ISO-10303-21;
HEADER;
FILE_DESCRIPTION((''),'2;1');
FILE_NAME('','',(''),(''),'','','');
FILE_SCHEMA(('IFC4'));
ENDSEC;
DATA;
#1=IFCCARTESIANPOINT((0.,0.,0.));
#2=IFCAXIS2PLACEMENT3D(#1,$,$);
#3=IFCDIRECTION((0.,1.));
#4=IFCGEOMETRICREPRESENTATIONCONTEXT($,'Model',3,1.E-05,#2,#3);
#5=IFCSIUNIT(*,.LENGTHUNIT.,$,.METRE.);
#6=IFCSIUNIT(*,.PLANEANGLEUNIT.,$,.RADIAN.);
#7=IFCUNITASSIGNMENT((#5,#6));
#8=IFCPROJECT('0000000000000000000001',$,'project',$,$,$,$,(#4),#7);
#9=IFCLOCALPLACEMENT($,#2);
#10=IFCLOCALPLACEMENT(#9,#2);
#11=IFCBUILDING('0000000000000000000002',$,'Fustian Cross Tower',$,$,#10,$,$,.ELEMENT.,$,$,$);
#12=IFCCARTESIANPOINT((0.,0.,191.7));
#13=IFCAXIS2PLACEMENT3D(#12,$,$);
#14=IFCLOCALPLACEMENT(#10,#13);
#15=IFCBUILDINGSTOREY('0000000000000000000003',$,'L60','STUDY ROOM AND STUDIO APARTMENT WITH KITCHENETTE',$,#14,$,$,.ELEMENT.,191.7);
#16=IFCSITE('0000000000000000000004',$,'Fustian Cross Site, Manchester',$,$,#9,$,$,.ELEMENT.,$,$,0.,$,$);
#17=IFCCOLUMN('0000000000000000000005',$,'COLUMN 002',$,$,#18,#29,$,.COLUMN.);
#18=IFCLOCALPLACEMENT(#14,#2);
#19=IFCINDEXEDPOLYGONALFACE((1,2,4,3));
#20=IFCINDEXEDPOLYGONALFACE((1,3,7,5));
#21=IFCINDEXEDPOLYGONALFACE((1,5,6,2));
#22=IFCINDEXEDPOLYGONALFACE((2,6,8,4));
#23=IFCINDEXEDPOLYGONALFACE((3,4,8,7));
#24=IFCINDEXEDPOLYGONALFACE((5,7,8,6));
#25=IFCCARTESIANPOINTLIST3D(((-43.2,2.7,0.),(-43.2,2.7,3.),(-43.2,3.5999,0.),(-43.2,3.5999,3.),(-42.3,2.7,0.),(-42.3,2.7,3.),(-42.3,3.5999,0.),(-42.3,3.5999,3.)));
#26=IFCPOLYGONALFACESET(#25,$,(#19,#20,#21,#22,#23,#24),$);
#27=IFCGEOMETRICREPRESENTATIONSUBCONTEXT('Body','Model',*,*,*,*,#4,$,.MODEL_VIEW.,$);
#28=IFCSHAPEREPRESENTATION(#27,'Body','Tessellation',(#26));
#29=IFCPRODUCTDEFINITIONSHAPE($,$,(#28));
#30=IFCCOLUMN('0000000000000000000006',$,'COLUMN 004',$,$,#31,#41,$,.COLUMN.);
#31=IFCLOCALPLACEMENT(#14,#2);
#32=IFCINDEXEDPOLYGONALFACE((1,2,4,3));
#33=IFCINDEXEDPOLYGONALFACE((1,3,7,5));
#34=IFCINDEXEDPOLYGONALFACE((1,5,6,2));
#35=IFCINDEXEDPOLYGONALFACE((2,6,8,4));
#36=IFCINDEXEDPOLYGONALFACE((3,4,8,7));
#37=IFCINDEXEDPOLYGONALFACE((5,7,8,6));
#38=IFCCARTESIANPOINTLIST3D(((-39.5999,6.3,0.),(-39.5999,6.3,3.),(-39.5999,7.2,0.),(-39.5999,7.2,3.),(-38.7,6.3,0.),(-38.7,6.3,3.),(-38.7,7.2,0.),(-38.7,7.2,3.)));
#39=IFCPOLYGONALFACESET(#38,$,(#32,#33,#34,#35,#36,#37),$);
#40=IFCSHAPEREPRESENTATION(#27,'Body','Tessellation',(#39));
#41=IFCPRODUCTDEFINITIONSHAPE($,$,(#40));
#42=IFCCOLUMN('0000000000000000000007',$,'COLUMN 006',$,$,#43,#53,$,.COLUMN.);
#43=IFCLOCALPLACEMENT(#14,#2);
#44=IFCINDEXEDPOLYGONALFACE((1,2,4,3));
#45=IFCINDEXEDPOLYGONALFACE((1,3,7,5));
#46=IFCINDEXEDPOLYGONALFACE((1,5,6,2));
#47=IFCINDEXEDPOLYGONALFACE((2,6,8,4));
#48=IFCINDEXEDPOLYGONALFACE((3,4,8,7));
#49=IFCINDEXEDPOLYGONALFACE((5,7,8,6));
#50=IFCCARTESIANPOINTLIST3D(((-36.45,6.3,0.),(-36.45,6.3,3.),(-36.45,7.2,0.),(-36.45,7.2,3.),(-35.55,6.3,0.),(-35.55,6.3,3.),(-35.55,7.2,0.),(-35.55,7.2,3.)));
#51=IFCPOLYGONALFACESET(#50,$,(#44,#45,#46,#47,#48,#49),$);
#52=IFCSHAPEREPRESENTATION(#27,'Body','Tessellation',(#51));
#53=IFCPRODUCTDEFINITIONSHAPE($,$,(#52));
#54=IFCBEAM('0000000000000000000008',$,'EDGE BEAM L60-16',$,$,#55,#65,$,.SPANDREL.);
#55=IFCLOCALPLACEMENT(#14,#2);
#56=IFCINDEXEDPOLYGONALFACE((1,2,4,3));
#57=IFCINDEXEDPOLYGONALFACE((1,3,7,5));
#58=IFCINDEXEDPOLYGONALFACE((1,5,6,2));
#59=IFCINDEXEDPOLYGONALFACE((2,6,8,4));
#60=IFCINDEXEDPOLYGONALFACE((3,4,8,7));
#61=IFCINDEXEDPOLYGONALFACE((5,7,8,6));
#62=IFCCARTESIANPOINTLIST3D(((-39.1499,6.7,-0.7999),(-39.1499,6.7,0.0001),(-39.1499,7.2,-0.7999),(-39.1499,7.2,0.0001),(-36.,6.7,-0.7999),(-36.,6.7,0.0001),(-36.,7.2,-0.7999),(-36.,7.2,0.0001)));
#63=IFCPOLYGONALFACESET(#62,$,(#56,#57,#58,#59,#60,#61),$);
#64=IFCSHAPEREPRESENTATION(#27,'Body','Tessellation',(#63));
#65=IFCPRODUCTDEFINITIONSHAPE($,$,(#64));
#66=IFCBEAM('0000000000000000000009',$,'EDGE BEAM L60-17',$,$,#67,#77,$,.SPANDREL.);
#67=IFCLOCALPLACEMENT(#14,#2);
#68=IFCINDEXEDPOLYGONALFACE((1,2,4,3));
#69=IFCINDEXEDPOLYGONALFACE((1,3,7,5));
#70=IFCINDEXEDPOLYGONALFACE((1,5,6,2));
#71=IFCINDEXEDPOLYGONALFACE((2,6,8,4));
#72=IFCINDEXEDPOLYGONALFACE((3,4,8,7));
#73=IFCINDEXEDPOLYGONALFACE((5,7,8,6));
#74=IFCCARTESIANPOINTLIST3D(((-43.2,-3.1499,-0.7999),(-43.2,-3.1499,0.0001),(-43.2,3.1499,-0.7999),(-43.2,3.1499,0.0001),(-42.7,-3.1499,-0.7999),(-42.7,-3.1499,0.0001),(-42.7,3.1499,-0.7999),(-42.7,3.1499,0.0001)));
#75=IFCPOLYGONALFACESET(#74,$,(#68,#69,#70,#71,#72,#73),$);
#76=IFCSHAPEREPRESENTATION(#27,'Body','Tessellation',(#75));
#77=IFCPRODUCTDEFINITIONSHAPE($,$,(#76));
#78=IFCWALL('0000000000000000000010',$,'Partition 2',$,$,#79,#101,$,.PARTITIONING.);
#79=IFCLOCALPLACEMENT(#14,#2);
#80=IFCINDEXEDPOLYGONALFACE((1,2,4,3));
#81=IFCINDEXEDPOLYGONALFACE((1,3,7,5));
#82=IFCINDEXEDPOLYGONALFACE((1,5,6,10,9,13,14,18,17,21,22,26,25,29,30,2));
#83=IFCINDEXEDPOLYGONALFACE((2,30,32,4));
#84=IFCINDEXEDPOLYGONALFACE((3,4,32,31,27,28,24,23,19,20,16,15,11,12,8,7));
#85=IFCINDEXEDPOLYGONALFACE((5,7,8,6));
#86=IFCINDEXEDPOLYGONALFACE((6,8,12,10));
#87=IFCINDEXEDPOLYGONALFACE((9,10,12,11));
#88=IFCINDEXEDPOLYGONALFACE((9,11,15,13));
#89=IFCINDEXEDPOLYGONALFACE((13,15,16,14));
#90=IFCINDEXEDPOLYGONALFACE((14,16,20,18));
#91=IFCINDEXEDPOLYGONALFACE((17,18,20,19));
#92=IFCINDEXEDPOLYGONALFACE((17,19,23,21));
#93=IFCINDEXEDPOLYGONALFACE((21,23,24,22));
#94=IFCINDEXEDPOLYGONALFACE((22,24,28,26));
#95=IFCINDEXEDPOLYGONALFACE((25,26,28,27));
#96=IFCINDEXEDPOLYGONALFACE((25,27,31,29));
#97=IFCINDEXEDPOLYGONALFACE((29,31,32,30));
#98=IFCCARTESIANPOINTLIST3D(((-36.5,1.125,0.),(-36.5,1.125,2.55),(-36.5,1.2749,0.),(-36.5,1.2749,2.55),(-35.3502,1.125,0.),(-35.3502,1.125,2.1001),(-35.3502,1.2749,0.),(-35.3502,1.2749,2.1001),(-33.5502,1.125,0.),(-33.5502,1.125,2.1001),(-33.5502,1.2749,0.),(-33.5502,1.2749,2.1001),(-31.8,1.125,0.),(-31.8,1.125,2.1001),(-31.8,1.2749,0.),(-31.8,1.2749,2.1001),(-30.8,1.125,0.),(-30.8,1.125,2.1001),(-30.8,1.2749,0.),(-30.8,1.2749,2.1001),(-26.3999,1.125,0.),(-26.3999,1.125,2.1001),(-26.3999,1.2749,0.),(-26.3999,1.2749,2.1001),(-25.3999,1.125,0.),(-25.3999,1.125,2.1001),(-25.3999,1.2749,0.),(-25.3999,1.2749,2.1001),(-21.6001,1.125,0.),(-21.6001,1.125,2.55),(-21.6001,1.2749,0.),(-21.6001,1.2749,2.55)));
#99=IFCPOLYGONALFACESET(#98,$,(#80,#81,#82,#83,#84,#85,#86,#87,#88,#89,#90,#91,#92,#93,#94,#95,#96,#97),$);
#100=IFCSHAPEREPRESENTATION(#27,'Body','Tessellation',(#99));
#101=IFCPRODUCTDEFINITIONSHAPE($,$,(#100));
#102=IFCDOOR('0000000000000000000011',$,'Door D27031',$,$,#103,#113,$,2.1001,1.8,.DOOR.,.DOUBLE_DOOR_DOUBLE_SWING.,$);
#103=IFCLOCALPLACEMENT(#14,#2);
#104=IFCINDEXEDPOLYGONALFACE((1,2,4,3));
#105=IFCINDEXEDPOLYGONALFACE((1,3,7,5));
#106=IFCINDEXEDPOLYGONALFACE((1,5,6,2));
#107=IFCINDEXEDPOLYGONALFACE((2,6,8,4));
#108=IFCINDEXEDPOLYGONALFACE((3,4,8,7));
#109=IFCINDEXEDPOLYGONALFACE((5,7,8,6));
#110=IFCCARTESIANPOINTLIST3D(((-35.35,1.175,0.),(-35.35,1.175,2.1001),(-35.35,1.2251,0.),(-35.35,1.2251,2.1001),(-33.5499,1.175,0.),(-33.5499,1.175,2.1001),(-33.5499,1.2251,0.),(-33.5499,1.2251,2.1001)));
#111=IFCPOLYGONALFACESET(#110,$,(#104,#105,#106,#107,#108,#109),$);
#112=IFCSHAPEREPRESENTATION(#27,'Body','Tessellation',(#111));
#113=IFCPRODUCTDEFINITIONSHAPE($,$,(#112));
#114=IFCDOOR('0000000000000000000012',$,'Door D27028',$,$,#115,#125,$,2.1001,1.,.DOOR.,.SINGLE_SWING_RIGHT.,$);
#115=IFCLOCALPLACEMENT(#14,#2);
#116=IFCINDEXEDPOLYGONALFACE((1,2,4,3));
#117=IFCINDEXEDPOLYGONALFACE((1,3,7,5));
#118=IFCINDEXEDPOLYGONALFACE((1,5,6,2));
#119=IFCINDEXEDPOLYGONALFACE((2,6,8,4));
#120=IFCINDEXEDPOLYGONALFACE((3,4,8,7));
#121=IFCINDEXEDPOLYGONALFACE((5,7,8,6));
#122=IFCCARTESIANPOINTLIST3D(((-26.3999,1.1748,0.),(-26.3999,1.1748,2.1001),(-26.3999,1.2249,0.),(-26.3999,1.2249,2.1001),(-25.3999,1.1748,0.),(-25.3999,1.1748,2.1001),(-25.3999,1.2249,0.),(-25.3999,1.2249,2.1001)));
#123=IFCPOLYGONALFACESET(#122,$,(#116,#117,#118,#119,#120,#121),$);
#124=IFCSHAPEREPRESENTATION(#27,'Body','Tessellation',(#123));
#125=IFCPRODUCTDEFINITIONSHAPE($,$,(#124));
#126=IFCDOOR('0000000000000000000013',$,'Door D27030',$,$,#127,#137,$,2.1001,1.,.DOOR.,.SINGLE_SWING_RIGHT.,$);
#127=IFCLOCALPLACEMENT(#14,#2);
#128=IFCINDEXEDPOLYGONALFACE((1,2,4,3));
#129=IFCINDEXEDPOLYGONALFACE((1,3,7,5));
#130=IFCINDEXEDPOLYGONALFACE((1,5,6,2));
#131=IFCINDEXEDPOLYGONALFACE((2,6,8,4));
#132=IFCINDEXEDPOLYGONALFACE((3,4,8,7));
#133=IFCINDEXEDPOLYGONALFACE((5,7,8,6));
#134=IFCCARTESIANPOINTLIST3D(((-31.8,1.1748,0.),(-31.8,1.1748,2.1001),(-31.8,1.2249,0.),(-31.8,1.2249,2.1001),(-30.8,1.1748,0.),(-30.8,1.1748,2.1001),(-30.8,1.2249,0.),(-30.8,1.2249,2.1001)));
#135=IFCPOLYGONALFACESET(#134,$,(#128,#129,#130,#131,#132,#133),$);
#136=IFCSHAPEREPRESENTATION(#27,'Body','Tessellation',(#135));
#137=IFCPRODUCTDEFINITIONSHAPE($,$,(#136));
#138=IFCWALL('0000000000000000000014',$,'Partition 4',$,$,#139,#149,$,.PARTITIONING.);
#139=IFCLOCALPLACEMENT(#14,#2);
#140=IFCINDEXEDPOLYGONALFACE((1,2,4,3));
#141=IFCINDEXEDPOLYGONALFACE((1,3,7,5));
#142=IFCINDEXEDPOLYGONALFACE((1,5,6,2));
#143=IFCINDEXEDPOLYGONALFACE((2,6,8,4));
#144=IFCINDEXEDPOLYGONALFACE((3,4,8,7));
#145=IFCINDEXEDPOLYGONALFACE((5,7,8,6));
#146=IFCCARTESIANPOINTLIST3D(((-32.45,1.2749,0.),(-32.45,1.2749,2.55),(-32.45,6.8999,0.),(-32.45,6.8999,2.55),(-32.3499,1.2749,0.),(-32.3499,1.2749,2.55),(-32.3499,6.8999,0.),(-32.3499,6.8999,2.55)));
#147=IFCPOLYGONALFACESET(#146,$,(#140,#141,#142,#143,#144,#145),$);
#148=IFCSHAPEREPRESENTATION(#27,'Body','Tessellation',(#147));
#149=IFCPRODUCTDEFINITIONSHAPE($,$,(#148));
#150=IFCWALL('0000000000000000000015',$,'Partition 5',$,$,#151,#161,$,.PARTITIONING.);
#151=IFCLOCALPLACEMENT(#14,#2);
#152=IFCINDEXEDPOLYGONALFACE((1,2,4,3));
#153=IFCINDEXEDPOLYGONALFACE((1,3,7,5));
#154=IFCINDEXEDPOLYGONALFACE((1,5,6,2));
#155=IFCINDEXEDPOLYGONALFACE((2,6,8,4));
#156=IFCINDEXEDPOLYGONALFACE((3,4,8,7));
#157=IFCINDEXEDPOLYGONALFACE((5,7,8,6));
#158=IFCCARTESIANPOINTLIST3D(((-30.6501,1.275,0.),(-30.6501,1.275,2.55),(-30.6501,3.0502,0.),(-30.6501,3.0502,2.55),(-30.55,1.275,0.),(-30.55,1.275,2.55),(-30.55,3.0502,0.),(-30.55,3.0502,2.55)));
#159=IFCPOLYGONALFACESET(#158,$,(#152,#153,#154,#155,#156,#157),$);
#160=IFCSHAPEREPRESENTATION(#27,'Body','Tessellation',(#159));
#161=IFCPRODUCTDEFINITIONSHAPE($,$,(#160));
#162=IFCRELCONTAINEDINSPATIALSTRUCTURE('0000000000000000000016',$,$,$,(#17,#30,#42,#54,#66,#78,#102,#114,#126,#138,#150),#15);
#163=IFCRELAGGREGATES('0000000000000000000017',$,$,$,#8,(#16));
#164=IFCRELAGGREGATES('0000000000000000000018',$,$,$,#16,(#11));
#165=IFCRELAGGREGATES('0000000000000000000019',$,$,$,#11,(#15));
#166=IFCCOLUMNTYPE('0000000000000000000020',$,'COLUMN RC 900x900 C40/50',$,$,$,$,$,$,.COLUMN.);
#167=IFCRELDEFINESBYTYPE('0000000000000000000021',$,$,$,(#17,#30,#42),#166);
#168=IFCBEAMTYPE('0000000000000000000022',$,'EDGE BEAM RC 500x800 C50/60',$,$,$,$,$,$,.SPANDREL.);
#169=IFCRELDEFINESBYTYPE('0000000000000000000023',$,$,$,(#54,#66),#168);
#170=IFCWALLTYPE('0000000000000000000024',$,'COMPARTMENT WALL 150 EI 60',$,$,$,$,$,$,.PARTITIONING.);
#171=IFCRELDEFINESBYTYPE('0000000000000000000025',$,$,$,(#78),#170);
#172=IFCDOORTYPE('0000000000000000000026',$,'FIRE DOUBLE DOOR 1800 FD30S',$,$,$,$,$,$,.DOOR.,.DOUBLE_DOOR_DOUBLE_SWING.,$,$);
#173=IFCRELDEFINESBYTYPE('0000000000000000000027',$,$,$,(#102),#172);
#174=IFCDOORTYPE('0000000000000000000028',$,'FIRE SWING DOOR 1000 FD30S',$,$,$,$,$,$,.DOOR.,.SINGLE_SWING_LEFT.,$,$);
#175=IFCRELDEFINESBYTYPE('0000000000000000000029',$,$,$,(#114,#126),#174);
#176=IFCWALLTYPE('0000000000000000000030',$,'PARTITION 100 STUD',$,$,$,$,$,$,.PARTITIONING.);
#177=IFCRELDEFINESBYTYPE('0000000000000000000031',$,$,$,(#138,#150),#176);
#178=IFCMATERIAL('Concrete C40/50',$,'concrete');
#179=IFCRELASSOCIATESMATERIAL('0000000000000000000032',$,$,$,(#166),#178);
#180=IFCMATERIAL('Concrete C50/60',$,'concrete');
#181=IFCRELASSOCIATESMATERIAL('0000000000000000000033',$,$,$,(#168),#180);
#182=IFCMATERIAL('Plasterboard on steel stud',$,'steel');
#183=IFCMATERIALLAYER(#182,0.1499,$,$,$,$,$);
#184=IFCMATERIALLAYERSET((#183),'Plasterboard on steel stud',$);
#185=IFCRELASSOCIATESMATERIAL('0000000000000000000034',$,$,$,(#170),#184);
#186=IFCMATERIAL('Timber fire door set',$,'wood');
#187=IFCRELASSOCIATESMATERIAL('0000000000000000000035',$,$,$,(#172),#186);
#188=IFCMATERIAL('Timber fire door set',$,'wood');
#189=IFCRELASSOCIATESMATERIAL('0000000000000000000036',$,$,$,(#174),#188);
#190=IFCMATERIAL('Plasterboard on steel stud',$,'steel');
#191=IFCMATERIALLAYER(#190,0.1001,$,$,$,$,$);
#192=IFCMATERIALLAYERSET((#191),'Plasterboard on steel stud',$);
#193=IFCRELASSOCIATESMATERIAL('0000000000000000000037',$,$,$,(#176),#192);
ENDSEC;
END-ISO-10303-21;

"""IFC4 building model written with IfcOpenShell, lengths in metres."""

from ifc_helpers import new_model, si_unit, direction, frame, frame_2d, origin, origin_2d, place, context, subcontext, project, spatial, rectangle, extrude, material, layer, layer_set, material_profile, profile_set, type_object, element, fill, save


model = new_model("IFC4")

# Units and contexts
model_context = context("Model", 3, precision=1e-05, world=origin(), true_north=direction((0.0, 1.0)))
body_context = subcontext(model_context, "Body", "Model", "MODEL_VIEW")
ifc_project = project(units=[si_unit("LENGTHUNIT", "METRE"), si_unit("PLANEANGLEUNIT", "RADIAN")], contexts=[model_context])

# Site, building, storey
site_placement = place(None, origin())
site = spatial("IfcSite", under=ifc_project, at=site_placement, Name="Fustian Cross Site, Manchester", CompositionType="ELEMENT", RefElevation=0.0)
building_placement = place(site_placement, origin())
building = spatial("IfcBuilding", under=site, at=building_placement, Name="Fustian Cross Tower", CompositionType="ELEMENT")
storey_placement = place(building_placement, frame((0.0, 0.0, 191.7)))
storey = spatial("IfcBuildingStorey", under=building, at=storey_placement, Name="L60", Description="STUDY ROOM AND STUDIO APARTMENT WITH KITCHENETTE", CompositionType="ELEMENT", Elevation=191.7)

# Columns
ifc_material_1 = material(Name="Concrete C40/50", Category="concrete")
ifc_material_profile_1 = material_profile(ifc_material_1, rectangle(XDim=0.8999, YDim=0.8999, at=origin_2d()), Name="RC 900x900")
ifc_profile_set_1 = profile_set([ifc_material_profile_1], Name="Concrete C40/50")
column_type = type_object("IfcColumnType", Name="COLUMN RC 900x900 C40/50", PredefinedType="COLUMN", material=ifc_profile_set_1)
for number, where, z_axis, x_axis, name in (
    (1, (-42.75, 3.1499, 0.0), (0.0, 0.0, 1.0), (1.0, 0.0, 0.0), "COLUMN 002"),
    (2, (-39.1499, 6.75, 0.0), (0.0, 0.0, 1.0), (1.0, 0.0, 0.0), "COLUMN 004"),
    (3, (-36.0, 6.75, 0.0), (0.0, 0.0, 1.0), (1.0, 0.0, 0.0), "COLUMN 006"),
):
    element("IfcColumn", number, at=place(storey_placement, frame(where, z_axis=z_axis, x_axis=x_axis)), inside=storey, type_object=column_type, Name=name, PredefinedType="COLUMN", context=body_context, shape_type="SweptSolid", body=[
        extrude(rectangle(XDim=0.8999, YDim=0.8999, at=origin_2d()), origin(), (0.0, 0.0, 1.0), 3.0),
    ])

# Beams
ifc_material_2 = material(Name="Concrete C50/60", Category="concrete")
ifc_material_profile_2 = material_profile(ifc_material_2, rectangle(XDim=0.5, YDim=0.8, at=origin_2d()), Name="RC 500x800")
ifc_profile_set_2 = profile_set([ifc_material_profile_2], Name="Concrete C50/60")
beam_type = type_object("IfcBeamType", Name="EDGE BEAM RC 500x800 C50/60", PredefinedType="SPANDREL", material=ifc_profile_set_2)
beam_1_placement = place(storey_placement, frame((-36.0, 6.95, -0.3999), z_axis=(-1.0, 0.0, 0.0), x_axis=(0.0, -1.0, 0.0)))
element("IfcBeam", 4, at=beam_1_placement, inside=storey, type_object=beam_type, Name="EDGE BEAM L60-16", PredefinedType="SPANDREL", context=body_context, shape_type="SweptSolid", body=[
    extrude(rectangle(XDim=0.5, YDim=0.8, at=origin_2d()), origin(), (0.0, 0.0, 1.0), 3.1499),
])
beam_2_placement = place(storey_placement, frame((-42.95, 3.1499, -0.3999), z_axis=(0.0, -1.0, 0.0), x_axis=(1.0, 0.0, 0.0)))
element("IfcBeam", 5, at=beam_2_placement, inside=storey, type_object=beam_type, Name="EDGE BEAM L60-17", PredefinedType="SPANDREL", context=body_context, shape_type="SweptSolid", body=[
    extrude(rectangle(XDim=0.5, YDim=0.8, at=origin_2d()), origin(), (0.0, 0.0, 1.0), 6.2998),
])

# Wall, openings, doors
ifc_material_3 = material(Name="Plasterboard on steel stud", Category="steel")
ifc_layer_1 = layer(ifc_material_3, 0.1499)
ifc_layer_set_1 = layer_set([ifc_layer_1], Name="Plasterboard on steel stud")
wall_type_1 = type_object("IfcWallType", Name="COMPARTMENT WALL 150 EI 60", PredefinedType="PARTITIONING", material=ifc_layer_set_1)
wall_1_placement = place(storey_placement, frame((-36.5, 1.2, 0.0), z_axis=(0.0, 0.0, 1.0), x_axis=(1.0, 0.0, 0.0)))
wall_1 = element("IfcWall", 6, at=wall_1_placement, inside=storey, type_object=wall_type_1, Name="Partition 2", PredefinedType="PARTITIONING", context=body_context, shape_type="SweptSolid", body=[
    extrude(rectangle(XDim=14.8999, YDim=0.1499, at=frame_2d((7.45, 0.0))), origin(), (0.0, 0.0, 1.0), 2.55),
])
opening_1_placement = place(wall_1_placement, frame((10.1001, 0.0, 0.0)))
opening_1 = element("IfcOpeningElement", 7, at=opening_1_placement, cuts=wall_1, PredefinedType="OPENING", context=body_context, shape_type="SweptSolid", body=[
    extrude(rectangle(XDim=1.0, YDim=2.1001, at=frame_2d((0.5, 1.05))), frame((0.0, 0.085, 0.0), z_axis=(0.0, -1.0, 0.0), x_axis=(1.0, 0.0, 0.0)), (0.0, 0.0, 1.0), 0.1699),
])
opening_2_placement = place(wall_1_placement, frame((4.7, 0.0, 0.0)))
opening_2 = element("IfcOpeningElement", 8, at=opening_2_placement, cuts=wall_1, PredefinedType="OPENING", context=body_context, shape_type="SweptSolid", body=[
    extrude(rectangle(XDim=1.0, YDim=2.1001, at=frame_2d((0.5, 1.05))), frame((0.0, 0.085, 0.0), z_axis=(0.0, -1.0, 0.0), x_axis=(1.0, 0.0, 0.0)), (0.0, 0.0, 1.0), 0.1699),
])
opening_3_placement = place(wall_1_placement, frame((1.1499, 0.0, 0.0)))
opening_3 = element("IfcOpeningElement", 9, at=opening_3_placement, cuts=wall_1, PredefinedType="OPENING", context=body_context, shape_type="SweptSolid", body=[
    extrude(rectangle(XDim=1.8, YDim=2.1001, at=frame_2d((0.8999, 1.05))), frame((0.0, 0.085, 0.0), z_axis=(0.0, -1.0, 0.0), x_axis=(1.0, 0.0, 0.0)), (0.0, 0.0, 1.0), 0.1699),
])
ifc_material_4 = material(Name="Timber fire door set", Category="wood")
door_type_1 = type_object("IfcDoorType", Name="FIRE DOUBLE DOOR 1800 FD30S", OperationType="DOUBLE_DOOR_DOUBLE_SWING", PredefinedType="DOOR", material=ifc_material_4)
door_1_placement = place(opening_3_placement, frame((1.8, 0.0, 0.0), z_axis=(0.0, 0.0, 1.0), x_axis=(-1.0, 0.0, 0.0)))
door_1 = element("IfcDoor", 10, at=door_1_placement, inside=storey, type_object=door_type_1, Name="Door D27031", OperationType="DOUBLE_DOOR_DOUBLE_SWING", OverallHeight=2.1001, OverallWidth=1.8, PredefinedType="DOOR", context=body_context, shape_type="SweptSolid", body=[
    extrude(rectangle(XDim=1.8, YDim=2.1001, at=frame_2d((0.8999, 1.05))), frame((0.0, 0.0249, 0.0), z_axis=(0.0, -1.0, 0.0), x_axis=(1.0, 0.0, 0.0)), (0.0, 0.0, 1.0), 0.05),
])
fill(opening_3, door_1)
ifc_material_5 = material(Name="Timber fire door set", Category="wood")
door_type_2 = type_object("IfcDoorType", Name="FIRE SWING DOOR 1000 FD30S", OperationType="SINGLE_SWING_LEFT", PredefinedType="DOOR", material=ifc_material_5)
door_2_placement = place(opening_1_placement, origin())
door_2 = element("IfcDoor", 11, at=door_2_placement, inside=storey, type_object=door_type_2, Name="Door D27028", OperationType="SINGLE_SWING_RIGHT", OverallHeight=2.1001, OverallWidth=1.0, PredefinedType="DOOR", context=body_context, shape_type="SweptSolid", body=[
    extrude(rectangle(XDim=1.0, YDim=2.1001, at=frame_2d((0.5, 1.05))), frame((0.0, 0.0249, 0.0), z_axis=(0.0, -1.0, 0.0), x_axis=(1.0, 0.0, 0.0)), (0.0, 0.0, 1.0), 0.05),
])
fill(opening_1, door_2)
door_3_placement = place(opening_2_placement, origin())
door_3 = element("IfcDoor", 12, at=door_3_placement, inside=storey, type_object=door_type_2, Name="Door D27030", OperationType="SINGLE_SWING_RIGHT", OverallHeight=2.1001, OverallWidth=1.0, PredefinedType="DOOR", context=body_context, shape_type="SweptSolid", body=[
    extrude(rectangle(XDim=1.0, YDim=2.1001, at=frame_2d((0.5, 1.05))), frame((0.0, 0.0249, 0.0), z_axis=(0.0, -1.0, 0.0), x_axis=(1.0, 0.0, 0.0)), (0.0, 0.0, 1.0), 0.05),
])
fill(opening_2, door_3)

# Walls
ifc_material_6 = material(Name="Plasterboard on steel stud", Category="steel")
ifc_layer_2 = layer(ifc_material_6, 0.1001)
ifc_layer_set_2 = layer_set([ifc_layer_2], Name="Plasterboard on steel stud")
wall_type_2 = type_object("IfcWallType", Name="PARTITION 100 STUD", PredefinedType="PARTITIONING", material=ifc_layer_set_2)
wall_2_placement = place(storey_placement, frame((-32.3999, 1.2749, 0.0), z_axis=(0.0, 0.0, 1.0), x_axis=(0.0, 1.0, 0.0)))
element("IfcWall", 13, at=wall_2_placement, inside=storey, type_object=wall_type_2, Name="Partition 4", PredefinedType="PARTITIONING", context=body_context, shape_type="SweptSolid", body=[
    extrude(rectangle(XDim=5.625, YDim=0.1001, at=frame_2d((2.8125, 0.0))), origin(), (0.0, 0.0, 1.0), 2.55),
])
wall_3_placement = place(storey_placement, frame((-30.6001, 1.2749, 0.0), z_axis=(0.0, 0.0, 1.0), x_axis=(0.0, 1.0, 0.0)))
element("IfcWall", 14, at=wall_3_placement, inside=storey, type_object=wall_type_2, Name="Partition 5", PredefinedType="PARTITIONING", context=body_context, shape_type="SweptSolid", body=[
    extrude(rectangle(XDim=1.7751, YDim=0.1001, at=frame_2d((0.8877, 0.0))), origin(), (0.0, 0.0, 1.0), 2.55),
])

save(model, "model.ifc")
